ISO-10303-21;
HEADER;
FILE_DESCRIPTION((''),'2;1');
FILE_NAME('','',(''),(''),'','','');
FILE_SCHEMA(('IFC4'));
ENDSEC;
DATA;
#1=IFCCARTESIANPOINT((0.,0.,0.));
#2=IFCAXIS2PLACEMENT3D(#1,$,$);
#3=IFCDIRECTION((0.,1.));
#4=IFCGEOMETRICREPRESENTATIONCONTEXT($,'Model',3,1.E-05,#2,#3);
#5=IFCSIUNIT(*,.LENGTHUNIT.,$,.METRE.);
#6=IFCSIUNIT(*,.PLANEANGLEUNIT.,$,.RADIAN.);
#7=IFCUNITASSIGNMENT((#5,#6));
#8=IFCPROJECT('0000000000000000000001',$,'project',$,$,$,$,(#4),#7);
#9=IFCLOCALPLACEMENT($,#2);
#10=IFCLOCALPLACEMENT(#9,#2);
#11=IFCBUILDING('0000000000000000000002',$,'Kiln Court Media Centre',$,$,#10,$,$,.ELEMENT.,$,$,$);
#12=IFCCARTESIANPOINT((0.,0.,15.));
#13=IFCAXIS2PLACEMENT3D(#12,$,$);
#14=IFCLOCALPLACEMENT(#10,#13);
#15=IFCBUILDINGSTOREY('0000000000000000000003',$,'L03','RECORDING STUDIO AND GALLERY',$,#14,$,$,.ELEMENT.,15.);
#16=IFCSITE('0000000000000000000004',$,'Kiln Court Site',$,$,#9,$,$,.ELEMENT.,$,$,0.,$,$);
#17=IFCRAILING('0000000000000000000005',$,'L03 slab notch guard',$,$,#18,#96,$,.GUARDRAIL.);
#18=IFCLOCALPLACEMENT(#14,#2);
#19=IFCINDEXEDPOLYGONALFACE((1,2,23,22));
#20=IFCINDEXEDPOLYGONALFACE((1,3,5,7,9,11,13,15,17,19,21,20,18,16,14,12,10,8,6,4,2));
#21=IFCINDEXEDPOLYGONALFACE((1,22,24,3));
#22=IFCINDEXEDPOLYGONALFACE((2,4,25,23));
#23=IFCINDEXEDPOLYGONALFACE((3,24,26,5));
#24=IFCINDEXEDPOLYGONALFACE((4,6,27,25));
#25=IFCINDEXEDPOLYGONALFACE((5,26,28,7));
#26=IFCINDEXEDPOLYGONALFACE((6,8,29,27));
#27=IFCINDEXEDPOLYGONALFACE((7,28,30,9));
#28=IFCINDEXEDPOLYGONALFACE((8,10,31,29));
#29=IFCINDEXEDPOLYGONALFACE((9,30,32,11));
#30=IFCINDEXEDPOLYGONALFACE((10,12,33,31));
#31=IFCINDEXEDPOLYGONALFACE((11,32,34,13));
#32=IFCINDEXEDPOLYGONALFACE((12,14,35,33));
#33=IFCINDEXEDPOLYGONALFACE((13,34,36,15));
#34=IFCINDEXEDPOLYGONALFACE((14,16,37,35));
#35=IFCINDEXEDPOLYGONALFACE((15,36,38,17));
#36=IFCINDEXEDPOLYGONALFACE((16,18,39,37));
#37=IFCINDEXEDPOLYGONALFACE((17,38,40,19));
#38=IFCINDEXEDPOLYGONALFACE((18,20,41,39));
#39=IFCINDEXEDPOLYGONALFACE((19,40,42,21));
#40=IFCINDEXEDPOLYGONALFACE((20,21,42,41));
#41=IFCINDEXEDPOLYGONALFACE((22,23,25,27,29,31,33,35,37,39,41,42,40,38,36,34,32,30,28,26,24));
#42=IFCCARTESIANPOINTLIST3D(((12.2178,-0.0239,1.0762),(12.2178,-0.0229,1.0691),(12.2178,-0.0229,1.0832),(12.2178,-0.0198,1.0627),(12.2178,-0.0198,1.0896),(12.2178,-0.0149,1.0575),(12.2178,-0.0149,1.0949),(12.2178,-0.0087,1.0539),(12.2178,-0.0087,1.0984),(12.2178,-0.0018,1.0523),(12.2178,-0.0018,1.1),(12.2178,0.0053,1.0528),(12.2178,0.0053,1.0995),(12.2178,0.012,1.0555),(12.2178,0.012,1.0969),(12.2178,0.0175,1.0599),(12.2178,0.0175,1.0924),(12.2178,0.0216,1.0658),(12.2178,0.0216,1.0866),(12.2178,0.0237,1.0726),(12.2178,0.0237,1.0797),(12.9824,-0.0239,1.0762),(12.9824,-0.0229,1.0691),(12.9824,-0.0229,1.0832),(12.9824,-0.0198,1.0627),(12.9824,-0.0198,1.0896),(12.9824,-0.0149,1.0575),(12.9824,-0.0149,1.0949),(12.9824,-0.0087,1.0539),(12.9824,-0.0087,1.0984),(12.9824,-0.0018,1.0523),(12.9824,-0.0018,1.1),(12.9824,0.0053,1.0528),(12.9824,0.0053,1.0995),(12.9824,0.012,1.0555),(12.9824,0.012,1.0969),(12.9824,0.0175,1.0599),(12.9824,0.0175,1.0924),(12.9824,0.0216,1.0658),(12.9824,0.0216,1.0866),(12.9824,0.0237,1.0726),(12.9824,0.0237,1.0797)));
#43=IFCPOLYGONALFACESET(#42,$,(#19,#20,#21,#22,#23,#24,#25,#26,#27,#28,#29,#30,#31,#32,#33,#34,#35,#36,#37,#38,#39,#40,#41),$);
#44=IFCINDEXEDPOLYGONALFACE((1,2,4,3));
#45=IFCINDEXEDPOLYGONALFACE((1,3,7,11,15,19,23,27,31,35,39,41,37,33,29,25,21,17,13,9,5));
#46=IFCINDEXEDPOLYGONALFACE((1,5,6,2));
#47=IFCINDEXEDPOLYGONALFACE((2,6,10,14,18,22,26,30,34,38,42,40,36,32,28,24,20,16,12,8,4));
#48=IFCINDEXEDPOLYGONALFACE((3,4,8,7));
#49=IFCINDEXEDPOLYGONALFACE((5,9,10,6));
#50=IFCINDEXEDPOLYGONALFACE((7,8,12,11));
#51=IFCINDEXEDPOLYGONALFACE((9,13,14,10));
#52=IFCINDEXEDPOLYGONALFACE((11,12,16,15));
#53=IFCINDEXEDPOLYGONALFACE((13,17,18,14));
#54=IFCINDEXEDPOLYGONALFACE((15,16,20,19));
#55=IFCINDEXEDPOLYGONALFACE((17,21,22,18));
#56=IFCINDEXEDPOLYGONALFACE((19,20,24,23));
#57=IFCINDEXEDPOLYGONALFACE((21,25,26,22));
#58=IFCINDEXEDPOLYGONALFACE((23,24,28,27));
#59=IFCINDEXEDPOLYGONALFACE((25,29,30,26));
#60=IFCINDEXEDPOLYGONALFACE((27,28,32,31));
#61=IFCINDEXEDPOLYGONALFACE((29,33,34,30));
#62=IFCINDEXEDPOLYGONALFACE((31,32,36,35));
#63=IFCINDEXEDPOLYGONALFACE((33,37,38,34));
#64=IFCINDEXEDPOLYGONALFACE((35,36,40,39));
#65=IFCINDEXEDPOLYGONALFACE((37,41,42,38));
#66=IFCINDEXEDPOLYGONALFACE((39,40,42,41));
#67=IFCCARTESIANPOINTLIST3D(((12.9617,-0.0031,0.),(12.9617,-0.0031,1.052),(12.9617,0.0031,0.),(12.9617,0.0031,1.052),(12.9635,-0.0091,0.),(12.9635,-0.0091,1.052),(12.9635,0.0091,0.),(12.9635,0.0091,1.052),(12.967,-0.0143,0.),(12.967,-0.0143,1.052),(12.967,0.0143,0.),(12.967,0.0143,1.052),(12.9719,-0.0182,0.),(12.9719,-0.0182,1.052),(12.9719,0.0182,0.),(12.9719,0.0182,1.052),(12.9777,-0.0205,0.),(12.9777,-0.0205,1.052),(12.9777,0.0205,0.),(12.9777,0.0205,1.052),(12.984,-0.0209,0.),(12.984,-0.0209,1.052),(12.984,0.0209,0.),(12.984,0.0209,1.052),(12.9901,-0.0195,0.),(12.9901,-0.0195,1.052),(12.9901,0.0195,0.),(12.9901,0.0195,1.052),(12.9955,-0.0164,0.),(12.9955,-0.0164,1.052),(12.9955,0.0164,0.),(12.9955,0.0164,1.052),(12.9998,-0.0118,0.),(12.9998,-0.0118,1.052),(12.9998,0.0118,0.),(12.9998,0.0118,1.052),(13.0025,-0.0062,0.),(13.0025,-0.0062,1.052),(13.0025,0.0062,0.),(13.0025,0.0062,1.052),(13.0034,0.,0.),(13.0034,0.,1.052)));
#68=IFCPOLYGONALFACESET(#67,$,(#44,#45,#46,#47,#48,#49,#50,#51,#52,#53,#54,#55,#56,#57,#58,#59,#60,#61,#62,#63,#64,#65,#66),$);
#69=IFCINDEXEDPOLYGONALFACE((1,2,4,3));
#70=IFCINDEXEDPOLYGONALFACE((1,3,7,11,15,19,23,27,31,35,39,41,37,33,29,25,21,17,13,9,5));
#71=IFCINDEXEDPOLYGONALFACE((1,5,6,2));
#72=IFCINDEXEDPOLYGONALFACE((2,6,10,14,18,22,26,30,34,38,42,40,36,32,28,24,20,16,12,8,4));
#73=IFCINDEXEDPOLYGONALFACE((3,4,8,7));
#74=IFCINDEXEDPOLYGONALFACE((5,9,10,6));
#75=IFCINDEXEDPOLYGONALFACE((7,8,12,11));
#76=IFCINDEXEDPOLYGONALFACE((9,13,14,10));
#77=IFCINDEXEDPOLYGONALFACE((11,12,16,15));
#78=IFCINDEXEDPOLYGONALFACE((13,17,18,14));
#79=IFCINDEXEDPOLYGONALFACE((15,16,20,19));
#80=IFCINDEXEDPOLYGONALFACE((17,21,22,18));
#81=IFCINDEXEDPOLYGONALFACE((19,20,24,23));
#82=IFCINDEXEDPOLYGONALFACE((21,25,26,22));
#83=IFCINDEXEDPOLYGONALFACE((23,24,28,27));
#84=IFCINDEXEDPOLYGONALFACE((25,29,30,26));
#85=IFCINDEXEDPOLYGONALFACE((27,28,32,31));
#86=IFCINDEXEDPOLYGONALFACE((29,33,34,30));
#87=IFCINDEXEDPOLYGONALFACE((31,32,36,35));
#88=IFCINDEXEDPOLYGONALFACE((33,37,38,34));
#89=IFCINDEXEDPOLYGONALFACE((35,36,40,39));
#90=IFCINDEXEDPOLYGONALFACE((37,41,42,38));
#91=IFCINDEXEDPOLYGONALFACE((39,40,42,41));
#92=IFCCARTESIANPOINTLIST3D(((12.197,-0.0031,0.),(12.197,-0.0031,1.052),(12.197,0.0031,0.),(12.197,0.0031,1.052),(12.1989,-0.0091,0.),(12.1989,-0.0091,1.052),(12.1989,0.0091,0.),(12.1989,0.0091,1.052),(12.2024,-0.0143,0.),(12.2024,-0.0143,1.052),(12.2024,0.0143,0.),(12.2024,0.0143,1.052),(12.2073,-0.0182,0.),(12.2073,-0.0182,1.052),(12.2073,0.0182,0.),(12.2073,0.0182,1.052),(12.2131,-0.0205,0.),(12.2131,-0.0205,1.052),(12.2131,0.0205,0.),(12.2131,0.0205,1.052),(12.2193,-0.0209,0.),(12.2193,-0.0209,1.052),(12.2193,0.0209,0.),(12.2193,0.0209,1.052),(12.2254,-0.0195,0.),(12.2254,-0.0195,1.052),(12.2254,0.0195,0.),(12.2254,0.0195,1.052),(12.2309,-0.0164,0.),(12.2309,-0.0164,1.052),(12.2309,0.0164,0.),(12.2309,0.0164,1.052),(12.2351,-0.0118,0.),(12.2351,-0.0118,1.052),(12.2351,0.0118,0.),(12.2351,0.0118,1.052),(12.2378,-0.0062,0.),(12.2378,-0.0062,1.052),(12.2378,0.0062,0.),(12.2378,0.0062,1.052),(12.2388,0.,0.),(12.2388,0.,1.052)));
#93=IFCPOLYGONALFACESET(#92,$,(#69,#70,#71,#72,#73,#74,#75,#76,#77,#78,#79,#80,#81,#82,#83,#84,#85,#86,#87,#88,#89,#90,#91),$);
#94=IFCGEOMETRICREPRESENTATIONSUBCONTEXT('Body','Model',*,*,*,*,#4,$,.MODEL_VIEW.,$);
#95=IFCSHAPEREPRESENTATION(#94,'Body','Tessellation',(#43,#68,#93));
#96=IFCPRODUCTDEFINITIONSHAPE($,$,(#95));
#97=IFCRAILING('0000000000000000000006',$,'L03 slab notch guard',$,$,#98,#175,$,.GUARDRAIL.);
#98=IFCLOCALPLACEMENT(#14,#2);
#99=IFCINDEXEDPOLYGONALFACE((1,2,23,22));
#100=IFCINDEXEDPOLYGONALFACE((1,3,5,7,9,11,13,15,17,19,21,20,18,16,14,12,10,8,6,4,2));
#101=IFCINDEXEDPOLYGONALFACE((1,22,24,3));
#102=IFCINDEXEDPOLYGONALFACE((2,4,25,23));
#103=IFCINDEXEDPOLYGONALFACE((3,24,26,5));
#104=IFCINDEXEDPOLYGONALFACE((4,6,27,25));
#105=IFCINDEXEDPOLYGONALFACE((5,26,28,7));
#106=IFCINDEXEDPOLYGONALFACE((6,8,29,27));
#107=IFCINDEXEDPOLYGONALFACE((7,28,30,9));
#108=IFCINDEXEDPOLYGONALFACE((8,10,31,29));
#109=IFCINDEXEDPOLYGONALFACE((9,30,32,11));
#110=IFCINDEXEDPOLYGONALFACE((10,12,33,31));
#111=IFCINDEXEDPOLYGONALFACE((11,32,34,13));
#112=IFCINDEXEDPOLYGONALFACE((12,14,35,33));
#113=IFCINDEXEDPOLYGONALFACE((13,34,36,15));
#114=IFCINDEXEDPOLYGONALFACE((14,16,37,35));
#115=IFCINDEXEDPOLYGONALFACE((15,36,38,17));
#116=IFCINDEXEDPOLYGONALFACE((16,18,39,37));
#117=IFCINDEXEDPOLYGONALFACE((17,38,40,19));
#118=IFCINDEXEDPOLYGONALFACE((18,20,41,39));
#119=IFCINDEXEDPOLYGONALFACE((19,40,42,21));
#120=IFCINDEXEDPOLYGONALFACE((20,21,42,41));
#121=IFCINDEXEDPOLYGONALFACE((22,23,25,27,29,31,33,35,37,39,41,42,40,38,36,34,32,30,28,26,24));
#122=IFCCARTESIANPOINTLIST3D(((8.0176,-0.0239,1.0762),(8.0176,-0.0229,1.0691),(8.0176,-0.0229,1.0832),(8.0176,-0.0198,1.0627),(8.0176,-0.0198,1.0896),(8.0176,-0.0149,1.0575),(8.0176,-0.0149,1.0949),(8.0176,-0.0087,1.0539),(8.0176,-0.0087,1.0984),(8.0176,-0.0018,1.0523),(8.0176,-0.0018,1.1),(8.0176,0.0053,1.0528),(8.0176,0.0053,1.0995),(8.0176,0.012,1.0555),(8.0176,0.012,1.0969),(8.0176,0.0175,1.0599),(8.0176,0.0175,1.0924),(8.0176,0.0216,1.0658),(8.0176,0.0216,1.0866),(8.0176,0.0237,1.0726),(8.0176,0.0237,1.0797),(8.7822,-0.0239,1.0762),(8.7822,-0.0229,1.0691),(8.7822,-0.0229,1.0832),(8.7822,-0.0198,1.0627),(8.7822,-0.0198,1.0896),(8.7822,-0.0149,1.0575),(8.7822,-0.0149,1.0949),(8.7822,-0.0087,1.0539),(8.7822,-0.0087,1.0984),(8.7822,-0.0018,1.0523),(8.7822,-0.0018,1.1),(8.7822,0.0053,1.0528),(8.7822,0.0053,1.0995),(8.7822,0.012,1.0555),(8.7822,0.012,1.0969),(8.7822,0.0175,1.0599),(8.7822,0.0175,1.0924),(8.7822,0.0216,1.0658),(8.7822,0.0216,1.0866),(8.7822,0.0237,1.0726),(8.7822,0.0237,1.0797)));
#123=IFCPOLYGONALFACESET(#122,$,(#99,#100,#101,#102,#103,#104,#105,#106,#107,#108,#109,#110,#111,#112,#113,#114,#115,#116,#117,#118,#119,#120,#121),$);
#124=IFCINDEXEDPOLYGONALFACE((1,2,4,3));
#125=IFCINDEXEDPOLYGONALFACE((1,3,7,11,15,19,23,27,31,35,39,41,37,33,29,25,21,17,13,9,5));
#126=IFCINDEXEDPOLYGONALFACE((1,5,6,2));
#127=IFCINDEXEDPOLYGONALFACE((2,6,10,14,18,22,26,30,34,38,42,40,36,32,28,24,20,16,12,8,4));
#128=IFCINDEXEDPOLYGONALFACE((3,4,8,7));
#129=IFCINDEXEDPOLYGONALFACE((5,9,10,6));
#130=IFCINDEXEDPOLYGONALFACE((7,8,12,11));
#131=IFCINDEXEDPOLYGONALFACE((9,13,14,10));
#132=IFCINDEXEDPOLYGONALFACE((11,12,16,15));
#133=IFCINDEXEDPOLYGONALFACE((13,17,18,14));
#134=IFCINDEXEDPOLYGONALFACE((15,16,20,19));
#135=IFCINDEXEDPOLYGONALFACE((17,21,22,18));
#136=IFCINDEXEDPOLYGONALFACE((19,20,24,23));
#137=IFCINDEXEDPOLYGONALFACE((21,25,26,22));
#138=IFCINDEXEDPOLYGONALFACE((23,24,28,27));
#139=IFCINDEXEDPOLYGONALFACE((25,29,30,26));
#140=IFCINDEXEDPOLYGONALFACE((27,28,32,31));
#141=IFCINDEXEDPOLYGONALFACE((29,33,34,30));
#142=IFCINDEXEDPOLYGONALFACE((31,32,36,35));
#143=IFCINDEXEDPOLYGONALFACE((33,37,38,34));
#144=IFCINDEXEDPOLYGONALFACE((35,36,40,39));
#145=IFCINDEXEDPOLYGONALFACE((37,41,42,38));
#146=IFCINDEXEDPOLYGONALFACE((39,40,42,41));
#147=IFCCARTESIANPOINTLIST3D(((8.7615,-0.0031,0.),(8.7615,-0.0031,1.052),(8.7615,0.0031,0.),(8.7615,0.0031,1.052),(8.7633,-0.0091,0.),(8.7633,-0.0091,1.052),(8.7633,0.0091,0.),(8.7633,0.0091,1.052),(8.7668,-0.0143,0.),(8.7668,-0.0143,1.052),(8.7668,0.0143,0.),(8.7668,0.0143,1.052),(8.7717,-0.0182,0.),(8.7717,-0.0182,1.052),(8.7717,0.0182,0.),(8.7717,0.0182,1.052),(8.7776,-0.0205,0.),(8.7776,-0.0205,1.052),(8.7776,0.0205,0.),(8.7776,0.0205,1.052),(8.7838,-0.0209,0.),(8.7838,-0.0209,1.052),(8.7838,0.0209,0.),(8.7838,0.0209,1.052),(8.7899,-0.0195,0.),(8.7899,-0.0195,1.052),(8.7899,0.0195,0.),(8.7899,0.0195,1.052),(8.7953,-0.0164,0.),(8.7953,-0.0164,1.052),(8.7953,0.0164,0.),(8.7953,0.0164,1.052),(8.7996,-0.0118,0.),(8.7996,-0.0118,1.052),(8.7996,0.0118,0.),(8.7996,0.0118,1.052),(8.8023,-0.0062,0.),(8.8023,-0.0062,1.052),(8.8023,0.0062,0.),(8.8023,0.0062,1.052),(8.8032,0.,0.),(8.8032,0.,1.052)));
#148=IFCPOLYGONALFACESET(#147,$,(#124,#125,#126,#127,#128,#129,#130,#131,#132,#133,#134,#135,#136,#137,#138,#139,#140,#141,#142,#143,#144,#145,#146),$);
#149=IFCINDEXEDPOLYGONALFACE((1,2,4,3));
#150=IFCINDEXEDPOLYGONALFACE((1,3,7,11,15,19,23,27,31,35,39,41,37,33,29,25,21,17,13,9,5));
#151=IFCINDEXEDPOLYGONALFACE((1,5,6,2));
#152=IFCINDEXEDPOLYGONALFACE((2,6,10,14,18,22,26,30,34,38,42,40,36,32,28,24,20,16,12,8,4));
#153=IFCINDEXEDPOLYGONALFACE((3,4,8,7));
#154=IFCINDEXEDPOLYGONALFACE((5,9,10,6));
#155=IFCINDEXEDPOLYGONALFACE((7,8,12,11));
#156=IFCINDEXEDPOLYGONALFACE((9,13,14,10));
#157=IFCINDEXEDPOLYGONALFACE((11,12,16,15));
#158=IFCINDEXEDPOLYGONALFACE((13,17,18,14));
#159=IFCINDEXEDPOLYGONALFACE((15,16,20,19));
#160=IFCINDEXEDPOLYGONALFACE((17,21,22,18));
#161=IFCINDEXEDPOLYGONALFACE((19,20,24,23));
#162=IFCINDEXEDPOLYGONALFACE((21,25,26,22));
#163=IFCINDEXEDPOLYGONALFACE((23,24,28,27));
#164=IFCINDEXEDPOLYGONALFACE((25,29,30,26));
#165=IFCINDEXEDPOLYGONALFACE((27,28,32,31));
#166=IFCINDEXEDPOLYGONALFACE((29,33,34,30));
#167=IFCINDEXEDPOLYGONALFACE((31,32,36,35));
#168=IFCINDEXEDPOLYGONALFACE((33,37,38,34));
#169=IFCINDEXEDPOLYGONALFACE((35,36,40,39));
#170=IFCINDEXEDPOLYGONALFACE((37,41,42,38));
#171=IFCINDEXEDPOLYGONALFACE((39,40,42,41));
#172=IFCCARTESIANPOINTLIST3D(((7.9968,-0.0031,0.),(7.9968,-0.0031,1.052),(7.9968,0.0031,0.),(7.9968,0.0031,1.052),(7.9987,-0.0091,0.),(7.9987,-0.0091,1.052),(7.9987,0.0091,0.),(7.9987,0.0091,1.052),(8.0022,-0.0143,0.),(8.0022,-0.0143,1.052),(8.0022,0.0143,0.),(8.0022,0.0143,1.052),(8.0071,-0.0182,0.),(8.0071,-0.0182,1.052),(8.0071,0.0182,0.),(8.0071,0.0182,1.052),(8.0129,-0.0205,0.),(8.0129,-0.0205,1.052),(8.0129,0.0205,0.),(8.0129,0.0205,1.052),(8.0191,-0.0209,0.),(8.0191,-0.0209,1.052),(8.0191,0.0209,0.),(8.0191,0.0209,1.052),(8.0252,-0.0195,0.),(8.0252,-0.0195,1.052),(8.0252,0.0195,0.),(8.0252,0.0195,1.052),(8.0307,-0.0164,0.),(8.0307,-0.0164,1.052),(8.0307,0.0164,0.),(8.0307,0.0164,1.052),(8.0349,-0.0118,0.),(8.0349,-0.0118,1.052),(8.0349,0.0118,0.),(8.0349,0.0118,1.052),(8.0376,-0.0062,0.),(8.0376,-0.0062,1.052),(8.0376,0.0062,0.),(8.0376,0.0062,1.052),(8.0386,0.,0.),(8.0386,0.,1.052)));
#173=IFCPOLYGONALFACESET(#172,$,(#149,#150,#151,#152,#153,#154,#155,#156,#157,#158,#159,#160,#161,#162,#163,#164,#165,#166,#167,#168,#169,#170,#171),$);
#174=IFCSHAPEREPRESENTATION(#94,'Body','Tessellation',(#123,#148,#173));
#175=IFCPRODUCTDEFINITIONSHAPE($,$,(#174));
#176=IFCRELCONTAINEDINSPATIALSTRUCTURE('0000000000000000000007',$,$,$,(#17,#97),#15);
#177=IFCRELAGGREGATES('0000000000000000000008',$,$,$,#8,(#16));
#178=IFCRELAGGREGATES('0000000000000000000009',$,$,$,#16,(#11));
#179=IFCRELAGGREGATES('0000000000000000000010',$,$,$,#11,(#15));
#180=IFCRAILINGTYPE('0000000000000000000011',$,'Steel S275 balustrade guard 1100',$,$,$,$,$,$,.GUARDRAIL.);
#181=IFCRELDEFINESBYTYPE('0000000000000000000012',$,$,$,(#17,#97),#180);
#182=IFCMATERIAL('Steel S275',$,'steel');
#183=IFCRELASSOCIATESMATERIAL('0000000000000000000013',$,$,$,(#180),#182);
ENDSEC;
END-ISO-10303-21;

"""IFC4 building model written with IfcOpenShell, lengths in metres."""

from ifc_helpers import new_model, si_unit, direction, frame, origin, origin_2d, place, context, subcontext, project, spatial, circle, extrude, material, type_object, element, save


model = new_model("IFC4")

# Units and contexts
model_context = context("Model", 3, precision=1e-05, world=origin(), true_north=direction((0.0, 1.0)))
body_context = subcontext(model_context, "Body", "Model", "MODEL_VIEW")
ifc_project = project(units=[si_unit("LENGTHUNIT", "METRE"), si_unit("PLANEANGLEUNIT", "RADIAN")], contexts=[model_context])

# Site, building, storey
site_placement = place(None, origin())
site = spatial("IfcSite", under=ifc_project, at=site_placement, Name="Kiln Court Site", CompositionType="ELEMENT", RefElevation=0.0)
building_placement = place(site_placement, origin())
building = spatial("IfcBuilding", under=site, at=building_placement, Name="Kiln Court Media Centre", CompositionType="ELEMENT")
storey_placement = place(building_placement, frame((0.0, 0.0, 15.0)))
storey = spatial("IfcBuildingStorey", under=building, at=storey_placement, Name="L03", Description="RECORDING STUDIO AND GALLERY", CompositionType="ELEMENT", Elevation=15.0)

# Railings
ifc_material_1 = material(Name="Steel S275", Category="steel")
railing_type = type_object("IfcRailingType", Name="Steel S275 balustrade guard 1100", PredefinedType="GUARDRAIL", material=ifc_material_1)
for number, where, name in (
    (1, (12.9824, 0.0, 0.0), "L03 slab notch guard"),
    (2, (8.7822, 0.0, 0.0), "L03 slab notch guard"),
):
    element("IfcRailing", number, at=place(storey_placement, frame(where)), inside=storey, type_object=railing_type, Name=name, PredefinedType="GUARDRAIL", context=body_context, shape_type="SweptSolid", body=[
        extrude(circle(Radius=0.0239, at=origin_2d()), frame((0.0, 0.0, 1.0762), z_axis=(-1.0, 0.0, 0.0), x_axis=(0.0, -1.0, 0.0)), (0.0, 0.0, 1.0), 0.7646),
        extrude(circle(Radius=0.021, at=origin_2d()), origin(), (0.0, 0.0, 1.0), 1.052),
        extrude(circle(Radius=0.021, at=origin_2d()), frame((-0.7646, 0.0, 0.0)), (0.0, 0.0, 1.0), 1.052),
    ])

save(model, "model.ifc")
